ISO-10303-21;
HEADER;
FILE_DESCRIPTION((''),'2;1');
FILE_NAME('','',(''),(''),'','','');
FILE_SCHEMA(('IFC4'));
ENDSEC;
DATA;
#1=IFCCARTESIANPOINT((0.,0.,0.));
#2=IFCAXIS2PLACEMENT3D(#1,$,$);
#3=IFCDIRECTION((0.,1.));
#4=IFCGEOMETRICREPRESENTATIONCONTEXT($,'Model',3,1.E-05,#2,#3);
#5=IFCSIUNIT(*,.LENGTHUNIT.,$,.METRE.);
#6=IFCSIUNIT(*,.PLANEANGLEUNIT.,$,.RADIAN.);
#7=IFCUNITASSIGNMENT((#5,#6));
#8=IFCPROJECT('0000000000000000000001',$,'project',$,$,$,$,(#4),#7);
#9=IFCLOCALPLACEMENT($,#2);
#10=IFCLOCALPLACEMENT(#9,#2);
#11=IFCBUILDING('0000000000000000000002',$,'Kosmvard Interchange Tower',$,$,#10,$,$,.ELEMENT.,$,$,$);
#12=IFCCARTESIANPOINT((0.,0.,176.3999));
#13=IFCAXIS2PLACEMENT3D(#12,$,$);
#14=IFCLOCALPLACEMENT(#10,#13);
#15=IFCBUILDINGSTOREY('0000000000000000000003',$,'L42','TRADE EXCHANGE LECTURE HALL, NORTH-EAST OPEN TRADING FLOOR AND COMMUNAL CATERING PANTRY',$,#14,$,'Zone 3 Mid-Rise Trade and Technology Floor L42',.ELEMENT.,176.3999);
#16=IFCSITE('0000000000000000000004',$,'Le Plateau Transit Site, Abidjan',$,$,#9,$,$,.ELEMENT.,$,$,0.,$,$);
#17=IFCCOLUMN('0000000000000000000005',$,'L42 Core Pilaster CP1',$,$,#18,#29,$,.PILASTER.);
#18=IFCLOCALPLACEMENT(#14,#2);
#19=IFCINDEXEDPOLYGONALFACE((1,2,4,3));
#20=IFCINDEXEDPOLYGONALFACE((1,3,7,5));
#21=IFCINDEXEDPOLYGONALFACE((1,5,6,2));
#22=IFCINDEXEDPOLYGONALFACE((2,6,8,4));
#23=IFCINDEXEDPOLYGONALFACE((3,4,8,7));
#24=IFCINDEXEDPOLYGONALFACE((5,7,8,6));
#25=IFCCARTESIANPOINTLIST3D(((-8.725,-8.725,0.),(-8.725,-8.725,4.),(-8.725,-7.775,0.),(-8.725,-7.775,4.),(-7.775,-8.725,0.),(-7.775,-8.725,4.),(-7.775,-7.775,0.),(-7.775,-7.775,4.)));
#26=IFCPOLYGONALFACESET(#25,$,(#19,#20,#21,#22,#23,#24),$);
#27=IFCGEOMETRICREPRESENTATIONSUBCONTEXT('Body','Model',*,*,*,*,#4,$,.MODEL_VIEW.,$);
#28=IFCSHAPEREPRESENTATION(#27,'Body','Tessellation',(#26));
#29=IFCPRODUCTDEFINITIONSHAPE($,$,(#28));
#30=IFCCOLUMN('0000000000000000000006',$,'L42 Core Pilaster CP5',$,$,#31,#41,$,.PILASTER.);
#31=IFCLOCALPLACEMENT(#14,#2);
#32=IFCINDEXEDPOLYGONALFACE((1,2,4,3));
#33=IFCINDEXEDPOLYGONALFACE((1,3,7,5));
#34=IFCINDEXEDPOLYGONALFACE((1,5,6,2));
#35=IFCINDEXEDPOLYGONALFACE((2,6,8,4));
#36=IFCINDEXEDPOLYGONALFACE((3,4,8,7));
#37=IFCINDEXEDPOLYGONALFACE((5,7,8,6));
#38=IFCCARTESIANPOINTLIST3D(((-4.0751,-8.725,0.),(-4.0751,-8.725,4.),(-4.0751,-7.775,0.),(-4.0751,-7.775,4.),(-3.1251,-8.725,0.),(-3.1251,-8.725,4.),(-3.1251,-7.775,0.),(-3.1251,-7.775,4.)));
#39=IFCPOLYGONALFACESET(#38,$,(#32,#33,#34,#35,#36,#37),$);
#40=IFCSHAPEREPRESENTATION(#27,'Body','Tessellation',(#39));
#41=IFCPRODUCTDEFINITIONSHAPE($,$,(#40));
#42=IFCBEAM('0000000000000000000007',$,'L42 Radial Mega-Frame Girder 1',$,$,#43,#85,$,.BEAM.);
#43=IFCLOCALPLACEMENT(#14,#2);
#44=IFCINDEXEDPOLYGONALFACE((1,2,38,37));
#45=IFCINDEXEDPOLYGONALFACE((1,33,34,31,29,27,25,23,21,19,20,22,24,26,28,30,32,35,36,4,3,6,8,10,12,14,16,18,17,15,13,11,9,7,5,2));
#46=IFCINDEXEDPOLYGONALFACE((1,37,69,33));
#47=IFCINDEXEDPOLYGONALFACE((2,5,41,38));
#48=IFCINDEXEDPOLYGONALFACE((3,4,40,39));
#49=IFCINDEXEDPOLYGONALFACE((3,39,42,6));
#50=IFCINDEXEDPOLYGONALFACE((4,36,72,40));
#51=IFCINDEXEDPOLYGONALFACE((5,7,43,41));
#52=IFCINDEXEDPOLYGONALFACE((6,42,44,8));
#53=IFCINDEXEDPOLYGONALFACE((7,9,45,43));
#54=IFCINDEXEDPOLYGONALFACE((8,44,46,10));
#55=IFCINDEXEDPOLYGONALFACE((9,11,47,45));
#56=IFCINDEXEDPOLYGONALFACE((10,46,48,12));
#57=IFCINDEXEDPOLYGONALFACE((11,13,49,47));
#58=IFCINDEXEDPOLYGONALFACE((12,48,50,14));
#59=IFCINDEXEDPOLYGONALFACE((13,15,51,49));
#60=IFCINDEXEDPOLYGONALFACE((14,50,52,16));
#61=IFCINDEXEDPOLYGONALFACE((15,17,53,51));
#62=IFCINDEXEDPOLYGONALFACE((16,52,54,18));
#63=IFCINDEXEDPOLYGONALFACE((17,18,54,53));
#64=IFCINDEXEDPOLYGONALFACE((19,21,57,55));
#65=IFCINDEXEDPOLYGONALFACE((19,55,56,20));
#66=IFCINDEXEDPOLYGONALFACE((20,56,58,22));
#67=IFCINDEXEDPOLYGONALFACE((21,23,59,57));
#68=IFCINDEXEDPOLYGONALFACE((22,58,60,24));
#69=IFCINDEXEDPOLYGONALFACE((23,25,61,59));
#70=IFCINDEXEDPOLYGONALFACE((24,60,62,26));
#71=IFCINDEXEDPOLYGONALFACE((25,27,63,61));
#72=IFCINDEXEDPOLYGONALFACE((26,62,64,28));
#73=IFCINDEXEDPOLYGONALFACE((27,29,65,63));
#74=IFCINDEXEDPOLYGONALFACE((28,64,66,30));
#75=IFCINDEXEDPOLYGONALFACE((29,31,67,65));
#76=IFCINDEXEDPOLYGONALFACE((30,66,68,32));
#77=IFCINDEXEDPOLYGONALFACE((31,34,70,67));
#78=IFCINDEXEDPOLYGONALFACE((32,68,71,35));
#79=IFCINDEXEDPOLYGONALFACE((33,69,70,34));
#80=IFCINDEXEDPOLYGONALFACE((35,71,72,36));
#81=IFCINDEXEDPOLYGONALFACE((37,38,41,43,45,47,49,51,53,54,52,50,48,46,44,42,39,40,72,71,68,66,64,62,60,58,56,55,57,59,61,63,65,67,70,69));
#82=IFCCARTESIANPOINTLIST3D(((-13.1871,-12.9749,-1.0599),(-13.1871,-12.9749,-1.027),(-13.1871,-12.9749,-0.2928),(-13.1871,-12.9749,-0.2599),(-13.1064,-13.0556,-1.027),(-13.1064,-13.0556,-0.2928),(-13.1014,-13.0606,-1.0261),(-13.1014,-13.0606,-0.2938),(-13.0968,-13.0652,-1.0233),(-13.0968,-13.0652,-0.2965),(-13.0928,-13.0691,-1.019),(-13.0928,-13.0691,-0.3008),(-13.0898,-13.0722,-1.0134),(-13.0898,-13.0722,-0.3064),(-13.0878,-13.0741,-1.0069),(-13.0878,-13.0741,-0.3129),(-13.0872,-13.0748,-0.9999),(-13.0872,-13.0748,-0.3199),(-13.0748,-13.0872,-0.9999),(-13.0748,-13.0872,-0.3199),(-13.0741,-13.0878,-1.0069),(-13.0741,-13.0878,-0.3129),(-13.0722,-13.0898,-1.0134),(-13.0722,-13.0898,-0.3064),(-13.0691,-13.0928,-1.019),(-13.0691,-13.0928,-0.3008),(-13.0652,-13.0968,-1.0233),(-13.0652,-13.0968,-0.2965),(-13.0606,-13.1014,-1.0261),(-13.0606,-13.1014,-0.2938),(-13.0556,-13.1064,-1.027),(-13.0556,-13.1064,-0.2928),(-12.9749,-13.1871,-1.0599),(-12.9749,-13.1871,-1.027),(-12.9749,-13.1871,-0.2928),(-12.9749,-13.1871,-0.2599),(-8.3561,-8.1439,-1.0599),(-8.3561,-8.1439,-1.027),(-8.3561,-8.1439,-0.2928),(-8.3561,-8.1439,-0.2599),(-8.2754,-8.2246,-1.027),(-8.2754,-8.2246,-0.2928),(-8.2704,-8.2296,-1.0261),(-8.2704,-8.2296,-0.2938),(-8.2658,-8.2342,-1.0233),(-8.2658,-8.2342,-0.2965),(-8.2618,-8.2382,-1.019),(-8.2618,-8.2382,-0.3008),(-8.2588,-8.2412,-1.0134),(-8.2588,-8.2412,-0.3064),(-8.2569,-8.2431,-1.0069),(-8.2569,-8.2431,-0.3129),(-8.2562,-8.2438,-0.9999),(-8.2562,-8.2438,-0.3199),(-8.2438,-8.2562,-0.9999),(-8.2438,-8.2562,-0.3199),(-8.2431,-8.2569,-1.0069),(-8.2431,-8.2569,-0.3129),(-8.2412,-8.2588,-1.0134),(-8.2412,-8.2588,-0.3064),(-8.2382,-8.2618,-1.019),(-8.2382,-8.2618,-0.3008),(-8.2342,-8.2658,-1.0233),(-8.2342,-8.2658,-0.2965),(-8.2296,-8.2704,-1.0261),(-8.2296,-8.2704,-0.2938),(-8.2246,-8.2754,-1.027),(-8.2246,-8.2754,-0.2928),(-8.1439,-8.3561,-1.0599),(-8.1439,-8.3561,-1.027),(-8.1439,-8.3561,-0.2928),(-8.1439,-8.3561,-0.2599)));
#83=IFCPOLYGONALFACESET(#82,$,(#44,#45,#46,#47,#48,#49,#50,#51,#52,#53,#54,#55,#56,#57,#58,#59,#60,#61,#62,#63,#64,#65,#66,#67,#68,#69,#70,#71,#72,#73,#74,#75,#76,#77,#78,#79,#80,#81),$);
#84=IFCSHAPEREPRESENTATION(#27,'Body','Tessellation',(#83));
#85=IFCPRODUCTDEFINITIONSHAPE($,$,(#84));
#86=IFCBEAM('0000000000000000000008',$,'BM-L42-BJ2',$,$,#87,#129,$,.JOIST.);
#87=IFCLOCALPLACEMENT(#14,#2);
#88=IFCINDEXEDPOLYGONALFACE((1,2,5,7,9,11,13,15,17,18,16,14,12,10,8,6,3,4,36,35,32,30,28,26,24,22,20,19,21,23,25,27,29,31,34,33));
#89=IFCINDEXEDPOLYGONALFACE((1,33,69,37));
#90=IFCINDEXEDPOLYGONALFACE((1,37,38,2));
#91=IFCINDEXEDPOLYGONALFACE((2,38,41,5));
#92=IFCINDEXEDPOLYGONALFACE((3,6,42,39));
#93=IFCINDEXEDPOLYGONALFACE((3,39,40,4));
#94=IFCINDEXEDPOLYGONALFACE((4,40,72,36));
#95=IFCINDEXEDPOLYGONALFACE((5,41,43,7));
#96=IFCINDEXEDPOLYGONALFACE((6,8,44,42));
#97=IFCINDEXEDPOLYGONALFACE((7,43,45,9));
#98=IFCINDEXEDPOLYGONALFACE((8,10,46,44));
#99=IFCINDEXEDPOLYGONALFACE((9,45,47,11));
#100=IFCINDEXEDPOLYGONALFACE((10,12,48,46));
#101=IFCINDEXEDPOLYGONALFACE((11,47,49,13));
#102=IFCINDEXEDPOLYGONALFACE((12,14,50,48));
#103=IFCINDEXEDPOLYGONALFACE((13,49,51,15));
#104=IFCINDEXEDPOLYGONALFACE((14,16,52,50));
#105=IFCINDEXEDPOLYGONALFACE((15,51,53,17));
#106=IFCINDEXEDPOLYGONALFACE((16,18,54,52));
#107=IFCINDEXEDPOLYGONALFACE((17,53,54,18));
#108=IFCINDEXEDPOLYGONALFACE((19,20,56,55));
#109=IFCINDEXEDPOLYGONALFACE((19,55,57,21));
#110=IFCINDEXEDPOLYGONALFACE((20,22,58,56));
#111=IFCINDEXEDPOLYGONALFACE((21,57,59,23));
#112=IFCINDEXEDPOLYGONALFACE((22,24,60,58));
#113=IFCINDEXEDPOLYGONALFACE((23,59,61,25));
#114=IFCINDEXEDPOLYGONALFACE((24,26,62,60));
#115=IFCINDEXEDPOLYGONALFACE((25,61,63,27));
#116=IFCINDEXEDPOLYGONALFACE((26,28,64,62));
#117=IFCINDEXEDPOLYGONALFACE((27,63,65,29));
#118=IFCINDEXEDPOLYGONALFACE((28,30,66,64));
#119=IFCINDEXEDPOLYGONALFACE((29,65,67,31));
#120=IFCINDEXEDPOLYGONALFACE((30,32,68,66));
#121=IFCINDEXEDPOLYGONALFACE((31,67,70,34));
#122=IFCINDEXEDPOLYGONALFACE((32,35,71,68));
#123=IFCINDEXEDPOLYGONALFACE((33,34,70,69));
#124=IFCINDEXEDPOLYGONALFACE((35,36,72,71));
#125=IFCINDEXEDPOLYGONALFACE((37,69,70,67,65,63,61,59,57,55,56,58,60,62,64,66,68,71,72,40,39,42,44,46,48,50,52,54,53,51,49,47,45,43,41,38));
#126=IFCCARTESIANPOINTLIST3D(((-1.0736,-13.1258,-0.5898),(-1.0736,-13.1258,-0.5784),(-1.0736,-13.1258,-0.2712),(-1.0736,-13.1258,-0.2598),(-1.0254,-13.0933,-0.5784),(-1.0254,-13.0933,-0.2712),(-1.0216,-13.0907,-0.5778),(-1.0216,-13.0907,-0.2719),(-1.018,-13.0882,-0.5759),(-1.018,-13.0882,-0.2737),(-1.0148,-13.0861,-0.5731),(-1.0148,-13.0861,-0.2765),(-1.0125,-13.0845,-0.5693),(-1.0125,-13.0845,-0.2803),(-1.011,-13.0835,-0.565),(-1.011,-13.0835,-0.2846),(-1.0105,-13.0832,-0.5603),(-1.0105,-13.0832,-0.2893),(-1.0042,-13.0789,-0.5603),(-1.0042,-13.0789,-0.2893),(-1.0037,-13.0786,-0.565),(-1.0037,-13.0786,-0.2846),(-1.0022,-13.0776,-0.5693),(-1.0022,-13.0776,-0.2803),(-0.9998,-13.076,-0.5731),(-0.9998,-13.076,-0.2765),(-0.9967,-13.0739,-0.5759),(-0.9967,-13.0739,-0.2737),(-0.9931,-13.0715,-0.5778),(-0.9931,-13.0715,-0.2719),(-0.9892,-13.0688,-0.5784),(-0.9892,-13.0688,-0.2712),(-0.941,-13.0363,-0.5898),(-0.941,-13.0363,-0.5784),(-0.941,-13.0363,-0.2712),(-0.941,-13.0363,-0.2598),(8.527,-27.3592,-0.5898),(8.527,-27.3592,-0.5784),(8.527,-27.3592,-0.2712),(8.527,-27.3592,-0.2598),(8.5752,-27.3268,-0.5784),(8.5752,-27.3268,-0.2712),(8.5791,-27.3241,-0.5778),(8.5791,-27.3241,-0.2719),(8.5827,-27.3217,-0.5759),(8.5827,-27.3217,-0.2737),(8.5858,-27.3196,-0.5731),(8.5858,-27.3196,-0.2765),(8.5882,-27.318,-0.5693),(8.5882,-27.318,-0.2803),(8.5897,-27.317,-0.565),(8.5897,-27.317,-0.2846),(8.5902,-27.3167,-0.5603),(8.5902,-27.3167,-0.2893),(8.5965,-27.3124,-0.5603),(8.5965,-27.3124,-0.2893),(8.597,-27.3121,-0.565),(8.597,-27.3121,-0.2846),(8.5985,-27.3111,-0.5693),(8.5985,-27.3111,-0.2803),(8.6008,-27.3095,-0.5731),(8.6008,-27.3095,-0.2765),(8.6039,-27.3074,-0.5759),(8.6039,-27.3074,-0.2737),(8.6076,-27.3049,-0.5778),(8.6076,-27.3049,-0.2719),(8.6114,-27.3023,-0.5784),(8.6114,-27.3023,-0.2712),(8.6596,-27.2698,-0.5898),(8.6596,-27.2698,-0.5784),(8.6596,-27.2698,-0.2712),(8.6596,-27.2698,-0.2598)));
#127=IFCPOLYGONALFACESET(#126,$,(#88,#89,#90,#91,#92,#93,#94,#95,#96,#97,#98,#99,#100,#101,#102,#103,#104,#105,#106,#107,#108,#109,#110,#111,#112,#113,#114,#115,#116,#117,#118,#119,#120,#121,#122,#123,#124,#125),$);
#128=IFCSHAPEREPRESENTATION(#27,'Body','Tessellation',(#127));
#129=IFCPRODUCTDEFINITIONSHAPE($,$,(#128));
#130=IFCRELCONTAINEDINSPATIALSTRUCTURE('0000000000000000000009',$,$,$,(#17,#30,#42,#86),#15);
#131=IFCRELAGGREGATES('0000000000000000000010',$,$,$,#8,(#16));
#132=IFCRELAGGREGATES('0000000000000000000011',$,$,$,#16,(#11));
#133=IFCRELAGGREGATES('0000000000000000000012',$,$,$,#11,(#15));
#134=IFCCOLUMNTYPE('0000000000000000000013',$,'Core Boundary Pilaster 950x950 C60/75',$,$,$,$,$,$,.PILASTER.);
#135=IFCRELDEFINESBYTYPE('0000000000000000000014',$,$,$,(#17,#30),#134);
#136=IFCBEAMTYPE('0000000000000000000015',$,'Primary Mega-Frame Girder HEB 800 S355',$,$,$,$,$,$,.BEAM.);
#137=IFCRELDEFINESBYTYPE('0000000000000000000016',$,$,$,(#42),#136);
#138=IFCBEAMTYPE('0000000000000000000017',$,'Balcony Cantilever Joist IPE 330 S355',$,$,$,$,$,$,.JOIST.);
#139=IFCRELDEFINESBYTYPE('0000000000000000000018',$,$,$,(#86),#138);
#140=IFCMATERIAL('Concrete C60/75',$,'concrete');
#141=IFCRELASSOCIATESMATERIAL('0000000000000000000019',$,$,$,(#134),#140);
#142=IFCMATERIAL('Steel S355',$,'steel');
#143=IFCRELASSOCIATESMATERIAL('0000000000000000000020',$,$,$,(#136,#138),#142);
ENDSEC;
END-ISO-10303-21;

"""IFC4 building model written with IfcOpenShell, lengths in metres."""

from ifc_helpers import new_model, si_unit, direction, frame, origin, origin_2d, place, context, subcontext, project, spatial, rectangle, i_section, extrude, source, transform, mapped, material, material_profile, profile_set, type_object, element, save


model = new_model("IFC4")

# Units and contexts
model_context = context("Model", 3, precision=1e-05, world=origin(), true_north=direction((0.0, 1.0)))
body_context = subcontext(model_context, "Body", "Model", "MODEL_VIEW")
ifc_project = project(units=[si_unit("LENGTHUNIT", "METRE"), si_unit("PLANEANGLEUNIT", "RADIAN")], contexts=[model_context])

# Site, building, storey
site_placement = place(None, origin())
site = spatial("IfcSite", under=ifc_project, at=site_placement, Name="Le Plateau Transit Site, Abidjan", CompositionType="ELEMENT", RefElevation=0.0)
building_placement = place(site_placement, origin())
building = spatial("IfcBuilding", under=site, at=building_placement, Name="Kosmvard Interchange Tower", CompositionType="ELEMENT")
storey_placement = place(building_placement, frame((0.0, 0.0, 176.3999)))
storey = spatial("IfcBuildingStorey", under=building, at=storey_placement, Name="L42", Description="TRADE EXCHANGE LECTURE HALL, NORTH-EAST OPEN TRADING FLOOR AND COMMUNAL CATERING PANTRY", LongName="Zone 3 Mid-Rise Trade and Technology Floor L42", CompositionType="ELEMENT", Elevation=176.3999)

# Columns
ifc_material_1 = material(Name="Concrete C60/75", Category="concrete")
ifc_material_profile_1 = material_profile(ifc_material_1, rectangle(XDim=0.95, YDim=0.95, at=origin_2d()), Name="CP 950x950")
ifc_profile_set_1 = profile_set([ifc_material_profile_1], Name="Concrete C60/75")
column_type = type_object("IfcColumnType", Name="Core Boundary Pilaster 950x950 C60/75", PredefinedType="PILASTER", material=ifc_profile_set_1)
shared_shape_1 = source(origin(), body_context, "Body", "SweptSolid", [
    extrude(rectangle(XDim=0.95, YDim=0.95, at=origin_2d()), origin(), (0.0, 0.0, 1.0), 4.0),
])
for number, where, z_axis, x_axis, name in (
    (1, (-8.25, -8.25, 0.0), (0.0, 0.0, 1.0), (1.0, 0.0, 0.0), "L42 Core Pilaster CP1"),
    (2, (-3.6001, -8.25, 0.0), (0.0, 0.0, 1.0), (1.0, 0.0, 0.0), "L42 Core Pilaster CP5"),
):
    element("IfcColumn", number, at=place(storey_placement, frame(where, z_axis=z_axis, x_axis=x_axis)), inside=storey, type_object=column_type, Name=name, PredefinedType="PILASTER", context=body_context, shape_type="MappedRepresentation", body=[
        mapped(shared_shape_1, transform((0.0, 0.0, 0.0), scale=1.0)),
    ])

# Beams
ifc_material_2 = material(Name="Steel S355", Category="steel")
ifc_material_profile_2 = material_profile(ifc_material_2, i_section(OverallWidth=0.3, OverallDepth=0.8, WebThickness=0.0176, FlangeThickness=0.033, FilletRadius=0.0271, at=origin_2d()), Name="HEB 800")
ifc_profile_set_2 = profile_set([ifc_material_profile_2], Name="Steel S355")
beam_type_1 = type_object("IfcBeamType", Name="Primary Mega-Frame Girder HEB 800 S355", PredefinedType="BEAM", material=ifc_profile_set_2)
shared_shape_2 = source(origin(), body_context, "Body", "SweptSolid", [
    extrude(i_section(OverallWidth=0.3, OverallDepth=0.8, WebThickness=0.0176, FlangeThickness=0.033, FilletRadius=0.0271, at=origin_2d()), origin(), (0.0, 0.0, 1.0), 6.832),
])
beam_1_placement = place(storey_placement, frame((-8.25, -8.25, -0.6599), z_axis=(-0.707107, -0.707107, 0.0), x_axis=(0.707107, -0.707107, 0.0)))
element("IfcBeam", 3, at=beam_1_placement, inside=storey, type_object=beam_type_1, Name="L42 Radial Mega-Frame Girder 1", PredefinedType="BEAM", context=body_context, shape_type="MappedRepresentation", body=[
    mapped(shared_shape_2, transform((0.0, 0.0, 0.0), scale=1.0)),
])
ifc_material_profile_3 = material_profile(ifc_material_2, i_section(OverallWidth=0.1599, OverallDepth=0.3301, WebThickness=0.0076, FlangeThickness=0.0115, FilletRadius=0.0181, at=origin_2d()), Name="IPE 330")
ifc_profile_set_3 = profile_set([ifc_material_profile_3], Name="Steel S355")
beam_type_2 = type_object("IfcBeamType", Name="Balcony Cantilever Joist IPE 330 S355", PredefinedType="JOIST", material=ifc_profile_set_3)
shared_shape_3 = source(origin(), body_context, "Body", "SweptSolid", [
    extrude(i_section(OverallWidth=0.1599, OverallDepth=0.3301, WebThickness=0.0076, FlangeThickness=0.0115, FilletRadius=0.0181, at=origin_2d()), origin(), (0.0, 0.0, 1.0), 17.1687),
])
beam_2_placement = place(storey_placement, frame((-1.0073, -13.0811, -0.4248), z_axis=(0.559194, -0.829037, 0.0), x_axis=(0.829037, 0.559194, 0.0)))
element("IfcBeam", 4, at=beam_2_placement, inside=storey, type_object=beam_type_2, Name="BM-L42-BJ2", PredefinedType="JOIST", context=body_context, shape_type="MappedRepresentation", body=[
    mapped(shared_shape_3, transform((0.0, 0.0, 0.0), scale=1.0)),
])

save(model, "model.ifc")
